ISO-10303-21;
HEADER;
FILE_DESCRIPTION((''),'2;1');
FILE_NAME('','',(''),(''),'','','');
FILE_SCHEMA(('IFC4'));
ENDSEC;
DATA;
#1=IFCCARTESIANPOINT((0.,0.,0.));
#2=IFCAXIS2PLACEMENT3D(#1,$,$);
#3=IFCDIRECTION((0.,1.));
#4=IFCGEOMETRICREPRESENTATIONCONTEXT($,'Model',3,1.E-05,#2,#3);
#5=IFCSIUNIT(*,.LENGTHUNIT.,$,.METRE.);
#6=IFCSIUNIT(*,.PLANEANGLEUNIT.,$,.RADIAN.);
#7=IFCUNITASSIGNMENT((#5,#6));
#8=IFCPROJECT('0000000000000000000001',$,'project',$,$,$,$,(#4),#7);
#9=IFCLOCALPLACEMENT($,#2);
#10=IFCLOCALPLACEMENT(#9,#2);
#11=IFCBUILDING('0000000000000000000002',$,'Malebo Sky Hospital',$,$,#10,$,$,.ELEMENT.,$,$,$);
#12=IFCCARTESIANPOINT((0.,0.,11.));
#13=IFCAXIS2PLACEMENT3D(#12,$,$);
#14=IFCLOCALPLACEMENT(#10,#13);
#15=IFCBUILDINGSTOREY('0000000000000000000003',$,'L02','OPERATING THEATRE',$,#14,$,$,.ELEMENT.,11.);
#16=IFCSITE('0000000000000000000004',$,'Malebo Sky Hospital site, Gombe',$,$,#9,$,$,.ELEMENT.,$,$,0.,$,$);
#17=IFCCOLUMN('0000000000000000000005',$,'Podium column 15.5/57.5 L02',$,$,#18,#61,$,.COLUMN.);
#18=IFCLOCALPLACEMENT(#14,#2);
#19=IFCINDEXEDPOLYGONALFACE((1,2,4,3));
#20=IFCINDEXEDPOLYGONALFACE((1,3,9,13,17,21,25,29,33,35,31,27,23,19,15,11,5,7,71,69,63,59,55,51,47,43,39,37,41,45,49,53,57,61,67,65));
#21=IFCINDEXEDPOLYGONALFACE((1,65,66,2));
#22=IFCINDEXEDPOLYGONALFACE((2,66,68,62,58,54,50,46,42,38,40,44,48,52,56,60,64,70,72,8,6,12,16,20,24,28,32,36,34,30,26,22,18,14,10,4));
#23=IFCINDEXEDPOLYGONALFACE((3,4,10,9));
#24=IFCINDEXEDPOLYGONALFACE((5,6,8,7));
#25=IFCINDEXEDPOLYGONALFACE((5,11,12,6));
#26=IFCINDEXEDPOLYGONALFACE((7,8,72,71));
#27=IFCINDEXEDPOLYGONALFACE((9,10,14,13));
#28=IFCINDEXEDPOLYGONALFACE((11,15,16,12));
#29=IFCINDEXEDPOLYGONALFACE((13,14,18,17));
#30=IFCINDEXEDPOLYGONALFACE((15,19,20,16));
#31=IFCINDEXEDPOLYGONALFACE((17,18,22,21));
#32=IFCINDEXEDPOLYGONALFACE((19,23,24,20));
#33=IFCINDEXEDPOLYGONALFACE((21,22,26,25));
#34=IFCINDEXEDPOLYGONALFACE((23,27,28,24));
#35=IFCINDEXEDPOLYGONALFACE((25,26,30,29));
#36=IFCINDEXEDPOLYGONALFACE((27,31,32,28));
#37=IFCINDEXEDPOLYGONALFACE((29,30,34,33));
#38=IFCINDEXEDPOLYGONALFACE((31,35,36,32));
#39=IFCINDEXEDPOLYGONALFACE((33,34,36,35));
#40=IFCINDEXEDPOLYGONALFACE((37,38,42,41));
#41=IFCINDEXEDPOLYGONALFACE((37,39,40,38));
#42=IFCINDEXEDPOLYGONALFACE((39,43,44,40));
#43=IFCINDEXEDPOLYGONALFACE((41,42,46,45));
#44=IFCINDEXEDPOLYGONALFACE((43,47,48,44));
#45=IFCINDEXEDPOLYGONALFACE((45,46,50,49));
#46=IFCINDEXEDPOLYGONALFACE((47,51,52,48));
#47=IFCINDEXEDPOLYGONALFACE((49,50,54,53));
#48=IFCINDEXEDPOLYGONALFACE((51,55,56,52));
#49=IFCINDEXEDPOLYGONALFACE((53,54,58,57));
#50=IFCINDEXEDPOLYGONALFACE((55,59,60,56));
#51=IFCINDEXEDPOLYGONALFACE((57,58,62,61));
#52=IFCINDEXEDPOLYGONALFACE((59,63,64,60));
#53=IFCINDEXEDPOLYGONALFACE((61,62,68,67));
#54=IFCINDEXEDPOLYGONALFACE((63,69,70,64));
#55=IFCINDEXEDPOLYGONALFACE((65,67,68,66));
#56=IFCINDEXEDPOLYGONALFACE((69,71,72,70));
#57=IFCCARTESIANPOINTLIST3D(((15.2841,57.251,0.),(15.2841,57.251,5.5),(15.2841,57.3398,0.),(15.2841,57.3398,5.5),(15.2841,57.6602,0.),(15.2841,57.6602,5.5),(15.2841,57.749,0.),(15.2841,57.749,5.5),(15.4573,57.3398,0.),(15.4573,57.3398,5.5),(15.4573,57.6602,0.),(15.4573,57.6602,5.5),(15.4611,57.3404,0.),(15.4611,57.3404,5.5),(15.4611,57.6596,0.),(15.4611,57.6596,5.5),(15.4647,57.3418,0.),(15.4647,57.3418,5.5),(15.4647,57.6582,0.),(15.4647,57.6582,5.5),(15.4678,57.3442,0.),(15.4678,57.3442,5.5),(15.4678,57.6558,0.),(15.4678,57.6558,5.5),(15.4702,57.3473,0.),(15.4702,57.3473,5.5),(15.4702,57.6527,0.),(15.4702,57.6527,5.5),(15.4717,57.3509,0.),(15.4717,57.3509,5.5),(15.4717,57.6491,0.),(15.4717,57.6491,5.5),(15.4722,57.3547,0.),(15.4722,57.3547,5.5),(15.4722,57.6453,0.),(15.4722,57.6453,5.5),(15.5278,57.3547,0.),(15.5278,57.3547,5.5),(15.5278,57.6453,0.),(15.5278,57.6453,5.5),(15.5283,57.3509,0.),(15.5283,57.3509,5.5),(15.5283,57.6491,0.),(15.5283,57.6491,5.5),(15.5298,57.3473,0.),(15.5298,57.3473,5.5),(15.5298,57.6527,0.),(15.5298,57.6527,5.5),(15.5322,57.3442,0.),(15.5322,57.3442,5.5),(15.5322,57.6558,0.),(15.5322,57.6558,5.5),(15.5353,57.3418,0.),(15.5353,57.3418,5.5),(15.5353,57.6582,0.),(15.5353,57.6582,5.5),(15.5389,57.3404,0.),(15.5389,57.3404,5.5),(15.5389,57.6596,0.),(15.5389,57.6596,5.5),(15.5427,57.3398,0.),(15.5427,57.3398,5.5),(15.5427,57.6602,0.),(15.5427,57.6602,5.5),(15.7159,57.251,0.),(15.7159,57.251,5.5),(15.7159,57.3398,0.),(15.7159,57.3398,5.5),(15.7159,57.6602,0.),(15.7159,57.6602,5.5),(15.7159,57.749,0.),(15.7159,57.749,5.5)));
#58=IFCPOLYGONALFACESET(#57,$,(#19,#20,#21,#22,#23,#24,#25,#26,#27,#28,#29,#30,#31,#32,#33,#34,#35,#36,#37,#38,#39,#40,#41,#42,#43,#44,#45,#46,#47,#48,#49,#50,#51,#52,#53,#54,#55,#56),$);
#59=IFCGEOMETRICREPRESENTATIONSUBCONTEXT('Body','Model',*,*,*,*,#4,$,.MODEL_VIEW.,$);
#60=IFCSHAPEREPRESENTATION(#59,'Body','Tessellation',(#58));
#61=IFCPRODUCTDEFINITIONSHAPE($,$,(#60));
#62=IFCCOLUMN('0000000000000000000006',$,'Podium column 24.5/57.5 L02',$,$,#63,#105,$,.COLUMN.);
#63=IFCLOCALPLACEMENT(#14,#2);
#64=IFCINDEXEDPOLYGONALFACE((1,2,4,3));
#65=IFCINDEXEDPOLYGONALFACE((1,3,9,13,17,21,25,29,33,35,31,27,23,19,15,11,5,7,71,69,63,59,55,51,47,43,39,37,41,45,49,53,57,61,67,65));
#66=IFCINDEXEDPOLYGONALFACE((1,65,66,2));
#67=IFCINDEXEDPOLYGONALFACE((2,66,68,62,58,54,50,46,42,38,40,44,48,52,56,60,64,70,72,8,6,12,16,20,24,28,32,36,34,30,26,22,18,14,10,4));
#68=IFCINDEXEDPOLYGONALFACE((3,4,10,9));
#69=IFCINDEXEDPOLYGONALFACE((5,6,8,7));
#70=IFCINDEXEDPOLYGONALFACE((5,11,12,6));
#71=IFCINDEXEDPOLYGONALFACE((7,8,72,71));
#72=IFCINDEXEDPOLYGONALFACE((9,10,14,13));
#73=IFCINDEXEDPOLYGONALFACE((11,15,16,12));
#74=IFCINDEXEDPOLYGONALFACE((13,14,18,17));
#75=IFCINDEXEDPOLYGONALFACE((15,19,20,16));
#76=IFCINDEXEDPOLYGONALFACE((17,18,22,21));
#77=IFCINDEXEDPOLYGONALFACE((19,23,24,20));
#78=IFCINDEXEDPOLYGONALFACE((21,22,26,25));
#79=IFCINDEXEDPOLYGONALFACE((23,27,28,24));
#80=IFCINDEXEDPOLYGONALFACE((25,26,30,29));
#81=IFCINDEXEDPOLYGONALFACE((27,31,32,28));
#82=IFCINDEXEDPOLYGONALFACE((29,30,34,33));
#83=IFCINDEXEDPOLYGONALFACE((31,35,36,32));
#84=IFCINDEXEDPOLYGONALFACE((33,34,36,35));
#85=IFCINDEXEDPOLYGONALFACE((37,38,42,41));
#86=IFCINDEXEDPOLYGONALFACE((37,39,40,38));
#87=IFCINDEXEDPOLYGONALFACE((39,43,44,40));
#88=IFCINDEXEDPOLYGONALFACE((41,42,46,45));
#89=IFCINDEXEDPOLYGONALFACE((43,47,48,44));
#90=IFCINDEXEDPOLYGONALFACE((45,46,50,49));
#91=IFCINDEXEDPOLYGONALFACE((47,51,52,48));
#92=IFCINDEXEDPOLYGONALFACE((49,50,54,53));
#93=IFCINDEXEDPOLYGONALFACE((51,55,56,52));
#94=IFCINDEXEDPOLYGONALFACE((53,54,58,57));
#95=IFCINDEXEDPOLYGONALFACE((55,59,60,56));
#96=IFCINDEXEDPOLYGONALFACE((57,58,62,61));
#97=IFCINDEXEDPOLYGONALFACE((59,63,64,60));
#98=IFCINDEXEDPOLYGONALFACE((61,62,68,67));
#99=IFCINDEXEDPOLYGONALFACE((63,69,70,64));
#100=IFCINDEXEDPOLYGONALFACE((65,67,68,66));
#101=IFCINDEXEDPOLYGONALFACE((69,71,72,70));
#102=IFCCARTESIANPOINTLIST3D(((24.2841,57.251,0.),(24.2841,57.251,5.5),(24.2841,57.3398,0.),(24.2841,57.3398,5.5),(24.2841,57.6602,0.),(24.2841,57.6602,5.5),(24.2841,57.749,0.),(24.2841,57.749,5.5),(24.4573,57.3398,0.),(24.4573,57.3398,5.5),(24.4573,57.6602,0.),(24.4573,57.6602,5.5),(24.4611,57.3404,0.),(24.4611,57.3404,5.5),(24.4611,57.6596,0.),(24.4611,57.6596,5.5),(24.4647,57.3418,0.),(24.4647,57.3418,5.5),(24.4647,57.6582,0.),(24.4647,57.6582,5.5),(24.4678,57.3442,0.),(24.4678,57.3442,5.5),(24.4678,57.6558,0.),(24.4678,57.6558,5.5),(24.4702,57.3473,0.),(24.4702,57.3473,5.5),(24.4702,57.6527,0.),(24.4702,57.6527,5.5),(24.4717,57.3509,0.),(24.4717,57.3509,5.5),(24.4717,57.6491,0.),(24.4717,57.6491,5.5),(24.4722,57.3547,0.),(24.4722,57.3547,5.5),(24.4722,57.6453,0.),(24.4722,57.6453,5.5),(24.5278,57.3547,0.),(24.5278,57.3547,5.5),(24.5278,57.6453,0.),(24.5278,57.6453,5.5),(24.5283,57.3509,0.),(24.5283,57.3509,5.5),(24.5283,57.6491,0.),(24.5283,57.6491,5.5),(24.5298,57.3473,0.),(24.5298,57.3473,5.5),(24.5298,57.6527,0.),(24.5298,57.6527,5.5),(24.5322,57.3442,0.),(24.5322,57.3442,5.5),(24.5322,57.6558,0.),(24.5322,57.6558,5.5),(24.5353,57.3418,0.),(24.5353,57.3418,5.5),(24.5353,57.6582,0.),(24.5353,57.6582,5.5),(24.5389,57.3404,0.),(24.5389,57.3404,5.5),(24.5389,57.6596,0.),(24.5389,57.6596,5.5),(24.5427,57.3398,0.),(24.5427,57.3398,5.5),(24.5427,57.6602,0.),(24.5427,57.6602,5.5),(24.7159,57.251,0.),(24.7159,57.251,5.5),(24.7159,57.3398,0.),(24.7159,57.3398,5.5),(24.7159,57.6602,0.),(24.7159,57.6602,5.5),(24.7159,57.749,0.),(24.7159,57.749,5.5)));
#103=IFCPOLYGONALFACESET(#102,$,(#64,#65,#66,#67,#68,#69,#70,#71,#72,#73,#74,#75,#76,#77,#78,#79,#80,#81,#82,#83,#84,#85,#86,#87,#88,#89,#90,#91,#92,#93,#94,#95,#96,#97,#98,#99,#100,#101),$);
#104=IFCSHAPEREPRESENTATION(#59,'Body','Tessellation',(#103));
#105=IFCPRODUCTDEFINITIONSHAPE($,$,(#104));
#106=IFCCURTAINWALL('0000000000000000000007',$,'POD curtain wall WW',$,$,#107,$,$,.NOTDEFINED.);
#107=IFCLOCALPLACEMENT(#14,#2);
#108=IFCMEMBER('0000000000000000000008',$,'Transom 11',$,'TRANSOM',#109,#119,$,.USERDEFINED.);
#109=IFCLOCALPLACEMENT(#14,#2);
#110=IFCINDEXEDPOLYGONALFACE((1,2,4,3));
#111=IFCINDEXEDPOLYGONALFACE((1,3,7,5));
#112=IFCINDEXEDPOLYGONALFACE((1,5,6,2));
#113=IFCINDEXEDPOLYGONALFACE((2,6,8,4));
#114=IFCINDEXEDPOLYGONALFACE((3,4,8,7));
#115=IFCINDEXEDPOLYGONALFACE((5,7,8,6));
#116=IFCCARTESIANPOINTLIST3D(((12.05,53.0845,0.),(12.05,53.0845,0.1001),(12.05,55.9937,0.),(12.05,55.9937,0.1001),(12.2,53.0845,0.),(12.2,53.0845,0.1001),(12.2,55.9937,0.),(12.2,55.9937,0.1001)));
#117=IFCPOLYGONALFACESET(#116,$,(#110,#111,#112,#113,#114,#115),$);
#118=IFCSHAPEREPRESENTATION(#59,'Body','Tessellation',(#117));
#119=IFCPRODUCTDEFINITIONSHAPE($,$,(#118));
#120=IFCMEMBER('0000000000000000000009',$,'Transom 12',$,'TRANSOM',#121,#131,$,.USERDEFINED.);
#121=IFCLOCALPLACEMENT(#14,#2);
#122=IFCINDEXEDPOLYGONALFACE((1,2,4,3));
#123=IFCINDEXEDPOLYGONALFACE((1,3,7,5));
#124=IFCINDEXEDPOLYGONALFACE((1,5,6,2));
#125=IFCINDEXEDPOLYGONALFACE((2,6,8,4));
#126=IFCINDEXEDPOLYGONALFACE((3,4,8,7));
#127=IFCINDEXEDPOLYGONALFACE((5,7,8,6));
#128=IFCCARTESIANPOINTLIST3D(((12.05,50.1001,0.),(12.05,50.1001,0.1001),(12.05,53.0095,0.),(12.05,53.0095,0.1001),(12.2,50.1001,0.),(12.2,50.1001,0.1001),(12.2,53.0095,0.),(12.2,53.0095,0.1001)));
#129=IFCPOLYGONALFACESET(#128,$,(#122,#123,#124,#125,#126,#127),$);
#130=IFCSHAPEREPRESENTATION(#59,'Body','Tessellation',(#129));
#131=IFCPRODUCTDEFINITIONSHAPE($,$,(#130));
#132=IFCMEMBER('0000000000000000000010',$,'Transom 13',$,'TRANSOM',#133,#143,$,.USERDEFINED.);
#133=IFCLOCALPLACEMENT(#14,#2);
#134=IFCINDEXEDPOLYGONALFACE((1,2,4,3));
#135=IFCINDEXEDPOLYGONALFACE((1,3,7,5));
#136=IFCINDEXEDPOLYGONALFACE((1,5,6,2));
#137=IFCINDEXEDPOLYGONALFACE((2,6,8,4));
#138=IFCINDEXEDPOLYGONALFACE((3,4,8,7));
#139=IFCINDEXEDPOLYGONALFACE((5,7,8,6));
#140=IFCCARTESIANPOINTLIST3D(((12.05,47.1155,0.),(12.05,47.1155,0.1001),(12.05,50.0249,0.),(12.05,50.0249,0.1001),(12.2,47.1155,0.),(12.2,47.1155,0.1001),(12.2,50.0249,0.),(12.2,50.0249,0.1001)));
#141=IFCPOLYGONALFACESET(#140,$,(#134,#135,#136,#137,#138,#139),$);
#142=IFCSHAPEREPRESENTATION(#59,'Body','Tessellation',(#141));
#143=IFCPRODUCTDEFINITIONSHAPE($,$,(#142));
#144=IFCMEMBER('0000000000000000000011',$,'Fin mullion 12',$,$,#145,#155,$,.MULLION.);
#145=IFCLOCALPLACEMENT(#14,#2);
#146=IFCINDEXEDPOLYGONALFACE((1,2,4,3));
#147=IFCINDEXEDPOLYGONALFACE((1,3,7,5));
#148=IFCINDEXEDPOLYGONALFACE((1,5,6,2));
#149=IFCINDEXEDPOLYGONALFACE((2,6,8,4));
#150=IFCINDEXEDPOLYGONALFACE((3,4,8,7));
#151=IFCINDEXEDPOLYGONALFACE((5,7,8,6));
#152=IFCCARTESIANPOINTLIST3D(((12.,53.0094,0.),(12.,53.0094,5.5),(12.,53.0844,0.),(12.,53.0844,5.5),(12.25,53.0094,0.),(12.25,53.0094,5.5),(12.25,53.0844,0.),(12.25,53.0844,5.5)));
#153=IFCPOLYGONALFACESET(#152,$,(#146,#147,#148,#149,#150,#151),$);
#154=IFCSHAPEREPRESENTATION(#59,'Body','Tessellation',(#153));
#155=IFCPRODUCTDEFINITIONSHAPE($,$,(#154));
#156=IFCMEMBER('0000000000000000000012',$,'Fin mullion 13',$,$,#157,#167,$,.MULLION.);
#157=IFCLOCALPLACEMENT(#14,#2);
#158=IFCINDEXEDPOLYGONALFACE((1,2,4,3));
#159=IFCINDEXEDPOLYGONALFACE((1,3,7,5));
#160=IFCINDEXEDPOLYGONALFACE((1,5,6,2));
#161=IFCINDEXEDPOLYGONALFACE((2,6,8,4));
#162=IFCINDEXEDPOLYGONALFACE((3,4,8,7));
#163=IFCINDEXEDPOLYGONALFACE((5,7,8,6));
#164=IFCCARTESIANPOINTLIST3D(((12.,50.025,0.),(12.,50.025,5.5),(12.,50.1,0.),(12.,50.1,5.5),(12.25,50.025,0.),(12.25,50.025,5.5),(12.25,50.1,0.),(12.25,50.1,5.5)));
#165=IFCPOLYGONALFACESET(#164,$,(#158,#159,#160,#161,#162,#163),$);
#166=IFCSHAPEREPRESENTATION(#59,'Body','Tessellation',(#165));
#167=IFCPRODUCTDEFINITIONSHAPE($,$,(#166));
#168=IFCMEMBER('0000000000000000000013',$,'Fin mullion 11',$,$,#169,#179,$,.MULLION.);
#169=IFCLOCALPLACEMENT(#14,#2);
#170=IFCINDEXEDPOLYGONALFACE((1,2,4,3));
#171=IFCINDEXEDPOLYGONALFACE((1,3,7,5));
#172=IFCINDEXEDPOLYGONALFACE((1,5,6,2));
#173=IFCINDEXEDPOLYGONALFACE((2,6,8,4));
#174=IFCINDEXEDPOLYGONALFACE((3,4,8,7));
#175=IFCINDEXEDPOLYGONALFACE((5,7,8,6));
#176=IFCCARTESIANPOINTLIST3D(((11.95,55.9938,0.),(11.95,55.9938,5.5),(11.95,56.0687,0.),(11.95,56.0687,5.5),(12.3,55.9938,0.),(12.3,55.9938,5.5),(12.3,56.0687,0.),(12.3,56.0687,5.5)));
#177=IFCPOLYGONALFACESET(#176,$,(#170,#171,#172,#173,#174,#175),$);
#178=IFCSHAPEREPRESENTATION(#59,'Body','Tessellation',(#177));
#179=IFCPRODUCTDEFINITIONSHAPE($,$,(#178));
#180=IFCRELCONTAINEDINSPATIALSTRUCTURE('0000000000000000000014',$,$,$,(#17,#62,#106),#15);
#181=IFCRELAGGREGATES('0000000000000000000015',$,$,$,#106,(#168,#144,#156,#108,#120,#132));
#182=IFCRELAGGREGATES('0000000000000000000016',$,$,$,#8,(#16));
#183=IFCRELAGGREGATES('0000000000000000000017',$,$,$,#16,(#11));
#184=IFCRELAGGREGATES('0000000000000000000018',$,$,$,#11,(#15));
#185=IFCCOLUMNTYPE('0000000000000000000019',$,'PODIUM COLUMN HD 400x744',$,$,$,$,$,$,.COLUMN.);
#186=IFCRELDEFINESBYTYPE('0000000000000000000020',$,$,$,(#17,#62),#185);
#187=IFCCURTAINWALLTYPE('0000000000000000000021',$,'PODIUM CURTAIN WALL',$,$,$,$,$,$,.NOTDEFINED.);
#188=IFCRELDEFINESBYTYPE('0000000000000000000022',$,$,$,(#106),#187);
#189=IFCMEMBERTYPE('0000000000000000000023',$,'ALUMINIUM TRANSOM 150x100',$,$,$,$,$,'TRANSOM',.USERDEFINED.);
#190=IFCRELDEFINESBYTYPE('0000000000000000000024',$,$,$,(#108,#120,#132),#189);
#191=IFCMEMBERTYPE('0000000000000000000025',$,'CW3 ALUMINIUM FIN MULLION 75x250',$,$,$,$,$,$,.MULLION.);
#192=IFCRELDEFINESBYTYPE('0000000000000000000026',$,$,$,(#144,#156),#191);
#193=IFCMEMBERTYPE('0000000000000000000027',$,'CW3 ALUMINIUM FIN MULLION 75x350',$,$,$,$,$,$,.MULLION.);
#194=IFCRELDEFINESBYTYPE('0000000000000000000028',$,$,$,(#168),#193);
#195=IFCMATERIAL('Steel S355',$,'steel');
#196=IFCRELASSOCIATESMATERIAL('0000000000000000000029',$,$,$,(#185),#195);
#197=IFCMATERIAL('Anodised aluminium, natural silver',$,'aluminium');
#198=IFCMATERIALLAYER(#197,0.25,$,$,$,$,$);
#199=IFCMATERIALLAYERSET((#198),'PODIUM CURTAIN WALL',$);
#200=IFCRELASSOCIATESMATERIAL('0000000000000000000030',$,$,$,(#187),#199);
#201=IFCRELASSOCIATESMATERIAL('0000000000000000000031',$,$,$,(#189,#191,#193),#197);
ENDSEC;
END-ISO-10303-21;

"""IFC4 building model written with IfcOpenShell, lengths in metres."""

from ifc_helpers import new_model, si_unit, direction, frame, origin, origin_2d, place, context, subcontext, project, spatial, rectangle, i_section, extrude, material, layer, layer_set, material_profile, profile_set, type_object, element, aggregate, save


model = new_model("IFC4")

# Units and contexts
model_context = context("Model", 3, precision=1e-05, world=origin(), true_north=direction((0.0, 1.0)))
body_context = subcontext(model_context, "Body", "Model", "MODEL_VIEW")
ifc_project = project(units=[si_unit("LENGTHUNIT", "METRE"), si_unit("PLANEANGLEUNIT", "RADIAN")], contexts=[model_context])

# Site, building, storey
site_placement = place(None, origin())
site = spatial("IfcSite", under=ifc_project, at=site_placement, Name="Malebo Sky Hospital site, Gombe", CompositionType="ELEMENT", RefElevation=0.0)
building_placement = place(site_placement, origin())
building = spatial("IfcBuilding", under=site, at=building_placement, Name="Malebo Sky Hospital", CompositionType="ELEMENT")
storey_placement = place(building_placement, frame((0.0, 0.0, 11.0)))
storey = spatial("IfcBuildingStorey", under=building, at=storey_placement, Name="L02", Description="OPERATING THEATRE", CompositionType="ELEMENT", Elevation=11.0)

# Columns
ifc_material_1 = material(Name="Steel S355", Category="steel")
ifc_material_profile_1 = material_profile(ifc_material_1, i_section(OverallWidth=0.4319, OverallDepth=0.498, WebThickness=0.0557, FlangeThickness=0.0889, FilletRadius=0.0149, at=origin_2d()), Name="HD 400x744")
ifc_profile_set_1 = profile_set([ifc_material_profile_1], Name="Steel S355")
column_type = type_object("IfcColumnType", Name="PODIUM COLUMN HD 400x744", PredefinedType="COLUMN", material=ifc_profile_set_1)
for number, where, z_axis, x_axis, name in (
    (1, (15.5, 57.5, 0.0), (0.0, 0.0, 1.0), (1.0, 0.0, 0.0), "Podium column 15.5/57.5 L02"),
    (2, (24.5, 57.5, 0.0), (0.0, 0.0, 1.0), (1.0, 0.0, 0.0), "Podium column 24.5/57.5 L02"),
):
    element("IfcColumn", number, at=place(storey_placement, frame(where, z_axis=z_axis, x_axis=x_axis)), inside=storey, type_object=column_type, Name=name, PredefinedType="COLUMN", context=body_context, shape_type="SweptSolid", body=[
        extrude(i_section(OverallWidth=0.4319, OverallDepth=0.498, WebThickness=0.0557, FlangeThickness=0.0889, FilletRadius=0.0149, at=origin_2d()), origin(), (0.0, 0.0, 1.0), 5.5),
    ])

# Curtain wall, members
ifc_material_2 = material(Name="Anodised aluminium, natural silver", Category="aluminium")
ifc_layer_1 = layer(ifc_material_2, 0.25)
ifc_layer_set_1 = layer_set([ifc_layer_1], Name="PODIUM CURTAIN WALL")
curtain_wall_type = type_object("IfcCurtainWallType", Name="PODIUM CURTAIN WALL", PredefinedType="NOTDEFINED", material=ifc_layer_set_1)
curtain_wall_placement = place(storey_placement, origin())
curtain_wall = element("IfcCurtainWall", 3, at=curtain_wall_placement, inside=storey, type_object=curtain_wall_type, Name="POD curtain wall WW", PredefinedType="NOTDEFINED")
ifc_material_profile_2 = material_profile(ifc_material_2, rectangle(XDim=0.1499, YDim=0.1001, at=origin_2d()), Name="ALUMINIUM TRANSOM 150x100")
ifc_profile_set_2 = profile_set([ifc_material_profile_2], Name="Anodised aluminium, natural silver")
member_type_1 = type_object("IfcMemberType", Name="ALUMINIUM TRANSOM 150x100", ElementType="TRANSOM", PredefinedType="USERDEFINED", material=ifc_profile_set_2)
member_1_placement = place(storey_placement, frame((12.125, 55.9937, 0.05), z_axis=(0.0, -1.0, 0.0), x_axis=(1.0, 0.0, 0.0)))
member_1 = element("IfcMember", 4, at=member_1_placement, type_object=member_type_1, Name="Transom 11", ObjectType="TRANSOM", PredefinedType="USERDEFINED", context=body_context, shape_type="SweptSolid", body=[
    extrude(rectangle(XDim=0.1499, YDim=0.1001, at=origin_2d()), origin(), (0.0, 0.0, 1.0), 2.9092),
])
member_2_placement = place(storey_placement, frame((12.125, 53.0095, 0.05), z_axis=(0.0, -1.0, 0.0), x_axis=(1.0, 0.0, 0.0)))
member_2 = element("IfcMember", 5, at=member_2_placement, type_object=member_type_1, Name="Transom 12", ObjectType="TRANSOM", PredefinedType="USERDEFINED", context=body_context, shape_type="SweptSolid", body=[
    extrude(rectangle(XDim=0.1499, YDim=0.1001, at=origin_2d()), origin(), (0.0, 0.0, 1.0), 2.9094),
])
member_3_placement = place(storey_placement, frame((12.125, 50.0249, 0.05), z_axis=(0.0, -1.0, 0.0), x_axis=(1.0, 0.0, 0.0)))
member_3 = element("IfcMember", 6, at=member_3_placement, type_object=member_type_1, Name="Transom 13", ObjectType="TRANSOM", PredefinedType="USERDEFINED", context=body_context, shape_type="SweptSolid", body=[
    extrude(rectangle(XDim=0.1499, YDim=0.1001, at=origin_2d()), origin(), (0.0, 0.0, 1.0), 2.9094),
])
ifc_material_profile_3 = material_profile(ifc_material_2, rectangle(XDim=0.075, YDim=0.25, at=origin_2d()), Name="CW3 ALUMINIUM FIN MULLION 75x250")
ifc_profile_set_3 = profile_set([ifc_material_profile_3], Name="Anodised aluminium, natural silver")
member_type_2 = type_object("IfcMemberType", Name="CW3 ALUMINIUM FIN MULLION 75x250", PredefinedType="MULLION", material=ifc_profile_set_3)
member_4_placement = place(storey_placement, frame((12.125, 53.0469, 0.0), z_axis=(0.0, 0.0, 1.0), x_axis=(0.0, -1.0, 0.0)))
member_4 = element("IfcMember", 7, at=member_4_placement, type_object=member_type_2, Name="Fin mullion 12", PredefinedType="MULLION", context=body_context, shape_type="SweptSolid", body=[
    extrude(rectangle(XDim=0.075, YDim=0.25, at=origin_2d()), origin(), (0.0, 0.0, 1.0), 5.5),
])
member_5_placement = place(storey_placement, frame((12.125, 50.0625, 0.0), z_axis=(0.0, 0.0, 1.0), x_axis=(0.0, -1.0, 0.0)))
member_5 = element("IfcMember", 8, at=member_5_placement, type_object=member_type_2, Name="Fin mullion 13", PredefinedType="MULLION", context=body_context, shape_type="SweptSolid", body=[
    extrude(rectangle(XDim=0.075, YDim=0.25, at=origin_2d()), origin(), (0.0, 0.0, 1.0), 5.5),
])
ifc_material_profile_4 = material_profile(ifc_material_2, rectangle(XDim=0.075, YDim=0.3501, at=origin_2d()), Name="CW3 ALUMINIUM FIN MULLION 75x350")
ifc_profile_set_4 = profile_set([ifc_material_profile_4], Name="Anodised aluminium, natural silver")
member_type_3 = type_object("IfcMemberType", Name="CW3 ALUMINIUM FIN MULLION 75x350", PredefinedType="MULLION", material=ifc_profile_set_4)
member_6_placement = place(storey_placement, frame((12.125, 56.0312, 0.0), z_axis=(0.0, 0.0, 1.0), x_axis=(0.0, -1.0, 0.0)))
member_6 = element("IfcMember", 9, at=member_6_placement, type_object=member_type_3, Name="Fin mullion 11", PredefinedType="MULLION", context=body_context, shape_type="SweptSolid", body=[
    extrude(rectangle(XDim=0.075, YDim=0.3501, at=origin_2d()), origin(), (0.0, 0.0, 1.0), 5.5),
])

aggregate(curtain_wall, [member_6, member_4, member_5, member_1, member_2, member_3])

save(model, "model.ifc")
